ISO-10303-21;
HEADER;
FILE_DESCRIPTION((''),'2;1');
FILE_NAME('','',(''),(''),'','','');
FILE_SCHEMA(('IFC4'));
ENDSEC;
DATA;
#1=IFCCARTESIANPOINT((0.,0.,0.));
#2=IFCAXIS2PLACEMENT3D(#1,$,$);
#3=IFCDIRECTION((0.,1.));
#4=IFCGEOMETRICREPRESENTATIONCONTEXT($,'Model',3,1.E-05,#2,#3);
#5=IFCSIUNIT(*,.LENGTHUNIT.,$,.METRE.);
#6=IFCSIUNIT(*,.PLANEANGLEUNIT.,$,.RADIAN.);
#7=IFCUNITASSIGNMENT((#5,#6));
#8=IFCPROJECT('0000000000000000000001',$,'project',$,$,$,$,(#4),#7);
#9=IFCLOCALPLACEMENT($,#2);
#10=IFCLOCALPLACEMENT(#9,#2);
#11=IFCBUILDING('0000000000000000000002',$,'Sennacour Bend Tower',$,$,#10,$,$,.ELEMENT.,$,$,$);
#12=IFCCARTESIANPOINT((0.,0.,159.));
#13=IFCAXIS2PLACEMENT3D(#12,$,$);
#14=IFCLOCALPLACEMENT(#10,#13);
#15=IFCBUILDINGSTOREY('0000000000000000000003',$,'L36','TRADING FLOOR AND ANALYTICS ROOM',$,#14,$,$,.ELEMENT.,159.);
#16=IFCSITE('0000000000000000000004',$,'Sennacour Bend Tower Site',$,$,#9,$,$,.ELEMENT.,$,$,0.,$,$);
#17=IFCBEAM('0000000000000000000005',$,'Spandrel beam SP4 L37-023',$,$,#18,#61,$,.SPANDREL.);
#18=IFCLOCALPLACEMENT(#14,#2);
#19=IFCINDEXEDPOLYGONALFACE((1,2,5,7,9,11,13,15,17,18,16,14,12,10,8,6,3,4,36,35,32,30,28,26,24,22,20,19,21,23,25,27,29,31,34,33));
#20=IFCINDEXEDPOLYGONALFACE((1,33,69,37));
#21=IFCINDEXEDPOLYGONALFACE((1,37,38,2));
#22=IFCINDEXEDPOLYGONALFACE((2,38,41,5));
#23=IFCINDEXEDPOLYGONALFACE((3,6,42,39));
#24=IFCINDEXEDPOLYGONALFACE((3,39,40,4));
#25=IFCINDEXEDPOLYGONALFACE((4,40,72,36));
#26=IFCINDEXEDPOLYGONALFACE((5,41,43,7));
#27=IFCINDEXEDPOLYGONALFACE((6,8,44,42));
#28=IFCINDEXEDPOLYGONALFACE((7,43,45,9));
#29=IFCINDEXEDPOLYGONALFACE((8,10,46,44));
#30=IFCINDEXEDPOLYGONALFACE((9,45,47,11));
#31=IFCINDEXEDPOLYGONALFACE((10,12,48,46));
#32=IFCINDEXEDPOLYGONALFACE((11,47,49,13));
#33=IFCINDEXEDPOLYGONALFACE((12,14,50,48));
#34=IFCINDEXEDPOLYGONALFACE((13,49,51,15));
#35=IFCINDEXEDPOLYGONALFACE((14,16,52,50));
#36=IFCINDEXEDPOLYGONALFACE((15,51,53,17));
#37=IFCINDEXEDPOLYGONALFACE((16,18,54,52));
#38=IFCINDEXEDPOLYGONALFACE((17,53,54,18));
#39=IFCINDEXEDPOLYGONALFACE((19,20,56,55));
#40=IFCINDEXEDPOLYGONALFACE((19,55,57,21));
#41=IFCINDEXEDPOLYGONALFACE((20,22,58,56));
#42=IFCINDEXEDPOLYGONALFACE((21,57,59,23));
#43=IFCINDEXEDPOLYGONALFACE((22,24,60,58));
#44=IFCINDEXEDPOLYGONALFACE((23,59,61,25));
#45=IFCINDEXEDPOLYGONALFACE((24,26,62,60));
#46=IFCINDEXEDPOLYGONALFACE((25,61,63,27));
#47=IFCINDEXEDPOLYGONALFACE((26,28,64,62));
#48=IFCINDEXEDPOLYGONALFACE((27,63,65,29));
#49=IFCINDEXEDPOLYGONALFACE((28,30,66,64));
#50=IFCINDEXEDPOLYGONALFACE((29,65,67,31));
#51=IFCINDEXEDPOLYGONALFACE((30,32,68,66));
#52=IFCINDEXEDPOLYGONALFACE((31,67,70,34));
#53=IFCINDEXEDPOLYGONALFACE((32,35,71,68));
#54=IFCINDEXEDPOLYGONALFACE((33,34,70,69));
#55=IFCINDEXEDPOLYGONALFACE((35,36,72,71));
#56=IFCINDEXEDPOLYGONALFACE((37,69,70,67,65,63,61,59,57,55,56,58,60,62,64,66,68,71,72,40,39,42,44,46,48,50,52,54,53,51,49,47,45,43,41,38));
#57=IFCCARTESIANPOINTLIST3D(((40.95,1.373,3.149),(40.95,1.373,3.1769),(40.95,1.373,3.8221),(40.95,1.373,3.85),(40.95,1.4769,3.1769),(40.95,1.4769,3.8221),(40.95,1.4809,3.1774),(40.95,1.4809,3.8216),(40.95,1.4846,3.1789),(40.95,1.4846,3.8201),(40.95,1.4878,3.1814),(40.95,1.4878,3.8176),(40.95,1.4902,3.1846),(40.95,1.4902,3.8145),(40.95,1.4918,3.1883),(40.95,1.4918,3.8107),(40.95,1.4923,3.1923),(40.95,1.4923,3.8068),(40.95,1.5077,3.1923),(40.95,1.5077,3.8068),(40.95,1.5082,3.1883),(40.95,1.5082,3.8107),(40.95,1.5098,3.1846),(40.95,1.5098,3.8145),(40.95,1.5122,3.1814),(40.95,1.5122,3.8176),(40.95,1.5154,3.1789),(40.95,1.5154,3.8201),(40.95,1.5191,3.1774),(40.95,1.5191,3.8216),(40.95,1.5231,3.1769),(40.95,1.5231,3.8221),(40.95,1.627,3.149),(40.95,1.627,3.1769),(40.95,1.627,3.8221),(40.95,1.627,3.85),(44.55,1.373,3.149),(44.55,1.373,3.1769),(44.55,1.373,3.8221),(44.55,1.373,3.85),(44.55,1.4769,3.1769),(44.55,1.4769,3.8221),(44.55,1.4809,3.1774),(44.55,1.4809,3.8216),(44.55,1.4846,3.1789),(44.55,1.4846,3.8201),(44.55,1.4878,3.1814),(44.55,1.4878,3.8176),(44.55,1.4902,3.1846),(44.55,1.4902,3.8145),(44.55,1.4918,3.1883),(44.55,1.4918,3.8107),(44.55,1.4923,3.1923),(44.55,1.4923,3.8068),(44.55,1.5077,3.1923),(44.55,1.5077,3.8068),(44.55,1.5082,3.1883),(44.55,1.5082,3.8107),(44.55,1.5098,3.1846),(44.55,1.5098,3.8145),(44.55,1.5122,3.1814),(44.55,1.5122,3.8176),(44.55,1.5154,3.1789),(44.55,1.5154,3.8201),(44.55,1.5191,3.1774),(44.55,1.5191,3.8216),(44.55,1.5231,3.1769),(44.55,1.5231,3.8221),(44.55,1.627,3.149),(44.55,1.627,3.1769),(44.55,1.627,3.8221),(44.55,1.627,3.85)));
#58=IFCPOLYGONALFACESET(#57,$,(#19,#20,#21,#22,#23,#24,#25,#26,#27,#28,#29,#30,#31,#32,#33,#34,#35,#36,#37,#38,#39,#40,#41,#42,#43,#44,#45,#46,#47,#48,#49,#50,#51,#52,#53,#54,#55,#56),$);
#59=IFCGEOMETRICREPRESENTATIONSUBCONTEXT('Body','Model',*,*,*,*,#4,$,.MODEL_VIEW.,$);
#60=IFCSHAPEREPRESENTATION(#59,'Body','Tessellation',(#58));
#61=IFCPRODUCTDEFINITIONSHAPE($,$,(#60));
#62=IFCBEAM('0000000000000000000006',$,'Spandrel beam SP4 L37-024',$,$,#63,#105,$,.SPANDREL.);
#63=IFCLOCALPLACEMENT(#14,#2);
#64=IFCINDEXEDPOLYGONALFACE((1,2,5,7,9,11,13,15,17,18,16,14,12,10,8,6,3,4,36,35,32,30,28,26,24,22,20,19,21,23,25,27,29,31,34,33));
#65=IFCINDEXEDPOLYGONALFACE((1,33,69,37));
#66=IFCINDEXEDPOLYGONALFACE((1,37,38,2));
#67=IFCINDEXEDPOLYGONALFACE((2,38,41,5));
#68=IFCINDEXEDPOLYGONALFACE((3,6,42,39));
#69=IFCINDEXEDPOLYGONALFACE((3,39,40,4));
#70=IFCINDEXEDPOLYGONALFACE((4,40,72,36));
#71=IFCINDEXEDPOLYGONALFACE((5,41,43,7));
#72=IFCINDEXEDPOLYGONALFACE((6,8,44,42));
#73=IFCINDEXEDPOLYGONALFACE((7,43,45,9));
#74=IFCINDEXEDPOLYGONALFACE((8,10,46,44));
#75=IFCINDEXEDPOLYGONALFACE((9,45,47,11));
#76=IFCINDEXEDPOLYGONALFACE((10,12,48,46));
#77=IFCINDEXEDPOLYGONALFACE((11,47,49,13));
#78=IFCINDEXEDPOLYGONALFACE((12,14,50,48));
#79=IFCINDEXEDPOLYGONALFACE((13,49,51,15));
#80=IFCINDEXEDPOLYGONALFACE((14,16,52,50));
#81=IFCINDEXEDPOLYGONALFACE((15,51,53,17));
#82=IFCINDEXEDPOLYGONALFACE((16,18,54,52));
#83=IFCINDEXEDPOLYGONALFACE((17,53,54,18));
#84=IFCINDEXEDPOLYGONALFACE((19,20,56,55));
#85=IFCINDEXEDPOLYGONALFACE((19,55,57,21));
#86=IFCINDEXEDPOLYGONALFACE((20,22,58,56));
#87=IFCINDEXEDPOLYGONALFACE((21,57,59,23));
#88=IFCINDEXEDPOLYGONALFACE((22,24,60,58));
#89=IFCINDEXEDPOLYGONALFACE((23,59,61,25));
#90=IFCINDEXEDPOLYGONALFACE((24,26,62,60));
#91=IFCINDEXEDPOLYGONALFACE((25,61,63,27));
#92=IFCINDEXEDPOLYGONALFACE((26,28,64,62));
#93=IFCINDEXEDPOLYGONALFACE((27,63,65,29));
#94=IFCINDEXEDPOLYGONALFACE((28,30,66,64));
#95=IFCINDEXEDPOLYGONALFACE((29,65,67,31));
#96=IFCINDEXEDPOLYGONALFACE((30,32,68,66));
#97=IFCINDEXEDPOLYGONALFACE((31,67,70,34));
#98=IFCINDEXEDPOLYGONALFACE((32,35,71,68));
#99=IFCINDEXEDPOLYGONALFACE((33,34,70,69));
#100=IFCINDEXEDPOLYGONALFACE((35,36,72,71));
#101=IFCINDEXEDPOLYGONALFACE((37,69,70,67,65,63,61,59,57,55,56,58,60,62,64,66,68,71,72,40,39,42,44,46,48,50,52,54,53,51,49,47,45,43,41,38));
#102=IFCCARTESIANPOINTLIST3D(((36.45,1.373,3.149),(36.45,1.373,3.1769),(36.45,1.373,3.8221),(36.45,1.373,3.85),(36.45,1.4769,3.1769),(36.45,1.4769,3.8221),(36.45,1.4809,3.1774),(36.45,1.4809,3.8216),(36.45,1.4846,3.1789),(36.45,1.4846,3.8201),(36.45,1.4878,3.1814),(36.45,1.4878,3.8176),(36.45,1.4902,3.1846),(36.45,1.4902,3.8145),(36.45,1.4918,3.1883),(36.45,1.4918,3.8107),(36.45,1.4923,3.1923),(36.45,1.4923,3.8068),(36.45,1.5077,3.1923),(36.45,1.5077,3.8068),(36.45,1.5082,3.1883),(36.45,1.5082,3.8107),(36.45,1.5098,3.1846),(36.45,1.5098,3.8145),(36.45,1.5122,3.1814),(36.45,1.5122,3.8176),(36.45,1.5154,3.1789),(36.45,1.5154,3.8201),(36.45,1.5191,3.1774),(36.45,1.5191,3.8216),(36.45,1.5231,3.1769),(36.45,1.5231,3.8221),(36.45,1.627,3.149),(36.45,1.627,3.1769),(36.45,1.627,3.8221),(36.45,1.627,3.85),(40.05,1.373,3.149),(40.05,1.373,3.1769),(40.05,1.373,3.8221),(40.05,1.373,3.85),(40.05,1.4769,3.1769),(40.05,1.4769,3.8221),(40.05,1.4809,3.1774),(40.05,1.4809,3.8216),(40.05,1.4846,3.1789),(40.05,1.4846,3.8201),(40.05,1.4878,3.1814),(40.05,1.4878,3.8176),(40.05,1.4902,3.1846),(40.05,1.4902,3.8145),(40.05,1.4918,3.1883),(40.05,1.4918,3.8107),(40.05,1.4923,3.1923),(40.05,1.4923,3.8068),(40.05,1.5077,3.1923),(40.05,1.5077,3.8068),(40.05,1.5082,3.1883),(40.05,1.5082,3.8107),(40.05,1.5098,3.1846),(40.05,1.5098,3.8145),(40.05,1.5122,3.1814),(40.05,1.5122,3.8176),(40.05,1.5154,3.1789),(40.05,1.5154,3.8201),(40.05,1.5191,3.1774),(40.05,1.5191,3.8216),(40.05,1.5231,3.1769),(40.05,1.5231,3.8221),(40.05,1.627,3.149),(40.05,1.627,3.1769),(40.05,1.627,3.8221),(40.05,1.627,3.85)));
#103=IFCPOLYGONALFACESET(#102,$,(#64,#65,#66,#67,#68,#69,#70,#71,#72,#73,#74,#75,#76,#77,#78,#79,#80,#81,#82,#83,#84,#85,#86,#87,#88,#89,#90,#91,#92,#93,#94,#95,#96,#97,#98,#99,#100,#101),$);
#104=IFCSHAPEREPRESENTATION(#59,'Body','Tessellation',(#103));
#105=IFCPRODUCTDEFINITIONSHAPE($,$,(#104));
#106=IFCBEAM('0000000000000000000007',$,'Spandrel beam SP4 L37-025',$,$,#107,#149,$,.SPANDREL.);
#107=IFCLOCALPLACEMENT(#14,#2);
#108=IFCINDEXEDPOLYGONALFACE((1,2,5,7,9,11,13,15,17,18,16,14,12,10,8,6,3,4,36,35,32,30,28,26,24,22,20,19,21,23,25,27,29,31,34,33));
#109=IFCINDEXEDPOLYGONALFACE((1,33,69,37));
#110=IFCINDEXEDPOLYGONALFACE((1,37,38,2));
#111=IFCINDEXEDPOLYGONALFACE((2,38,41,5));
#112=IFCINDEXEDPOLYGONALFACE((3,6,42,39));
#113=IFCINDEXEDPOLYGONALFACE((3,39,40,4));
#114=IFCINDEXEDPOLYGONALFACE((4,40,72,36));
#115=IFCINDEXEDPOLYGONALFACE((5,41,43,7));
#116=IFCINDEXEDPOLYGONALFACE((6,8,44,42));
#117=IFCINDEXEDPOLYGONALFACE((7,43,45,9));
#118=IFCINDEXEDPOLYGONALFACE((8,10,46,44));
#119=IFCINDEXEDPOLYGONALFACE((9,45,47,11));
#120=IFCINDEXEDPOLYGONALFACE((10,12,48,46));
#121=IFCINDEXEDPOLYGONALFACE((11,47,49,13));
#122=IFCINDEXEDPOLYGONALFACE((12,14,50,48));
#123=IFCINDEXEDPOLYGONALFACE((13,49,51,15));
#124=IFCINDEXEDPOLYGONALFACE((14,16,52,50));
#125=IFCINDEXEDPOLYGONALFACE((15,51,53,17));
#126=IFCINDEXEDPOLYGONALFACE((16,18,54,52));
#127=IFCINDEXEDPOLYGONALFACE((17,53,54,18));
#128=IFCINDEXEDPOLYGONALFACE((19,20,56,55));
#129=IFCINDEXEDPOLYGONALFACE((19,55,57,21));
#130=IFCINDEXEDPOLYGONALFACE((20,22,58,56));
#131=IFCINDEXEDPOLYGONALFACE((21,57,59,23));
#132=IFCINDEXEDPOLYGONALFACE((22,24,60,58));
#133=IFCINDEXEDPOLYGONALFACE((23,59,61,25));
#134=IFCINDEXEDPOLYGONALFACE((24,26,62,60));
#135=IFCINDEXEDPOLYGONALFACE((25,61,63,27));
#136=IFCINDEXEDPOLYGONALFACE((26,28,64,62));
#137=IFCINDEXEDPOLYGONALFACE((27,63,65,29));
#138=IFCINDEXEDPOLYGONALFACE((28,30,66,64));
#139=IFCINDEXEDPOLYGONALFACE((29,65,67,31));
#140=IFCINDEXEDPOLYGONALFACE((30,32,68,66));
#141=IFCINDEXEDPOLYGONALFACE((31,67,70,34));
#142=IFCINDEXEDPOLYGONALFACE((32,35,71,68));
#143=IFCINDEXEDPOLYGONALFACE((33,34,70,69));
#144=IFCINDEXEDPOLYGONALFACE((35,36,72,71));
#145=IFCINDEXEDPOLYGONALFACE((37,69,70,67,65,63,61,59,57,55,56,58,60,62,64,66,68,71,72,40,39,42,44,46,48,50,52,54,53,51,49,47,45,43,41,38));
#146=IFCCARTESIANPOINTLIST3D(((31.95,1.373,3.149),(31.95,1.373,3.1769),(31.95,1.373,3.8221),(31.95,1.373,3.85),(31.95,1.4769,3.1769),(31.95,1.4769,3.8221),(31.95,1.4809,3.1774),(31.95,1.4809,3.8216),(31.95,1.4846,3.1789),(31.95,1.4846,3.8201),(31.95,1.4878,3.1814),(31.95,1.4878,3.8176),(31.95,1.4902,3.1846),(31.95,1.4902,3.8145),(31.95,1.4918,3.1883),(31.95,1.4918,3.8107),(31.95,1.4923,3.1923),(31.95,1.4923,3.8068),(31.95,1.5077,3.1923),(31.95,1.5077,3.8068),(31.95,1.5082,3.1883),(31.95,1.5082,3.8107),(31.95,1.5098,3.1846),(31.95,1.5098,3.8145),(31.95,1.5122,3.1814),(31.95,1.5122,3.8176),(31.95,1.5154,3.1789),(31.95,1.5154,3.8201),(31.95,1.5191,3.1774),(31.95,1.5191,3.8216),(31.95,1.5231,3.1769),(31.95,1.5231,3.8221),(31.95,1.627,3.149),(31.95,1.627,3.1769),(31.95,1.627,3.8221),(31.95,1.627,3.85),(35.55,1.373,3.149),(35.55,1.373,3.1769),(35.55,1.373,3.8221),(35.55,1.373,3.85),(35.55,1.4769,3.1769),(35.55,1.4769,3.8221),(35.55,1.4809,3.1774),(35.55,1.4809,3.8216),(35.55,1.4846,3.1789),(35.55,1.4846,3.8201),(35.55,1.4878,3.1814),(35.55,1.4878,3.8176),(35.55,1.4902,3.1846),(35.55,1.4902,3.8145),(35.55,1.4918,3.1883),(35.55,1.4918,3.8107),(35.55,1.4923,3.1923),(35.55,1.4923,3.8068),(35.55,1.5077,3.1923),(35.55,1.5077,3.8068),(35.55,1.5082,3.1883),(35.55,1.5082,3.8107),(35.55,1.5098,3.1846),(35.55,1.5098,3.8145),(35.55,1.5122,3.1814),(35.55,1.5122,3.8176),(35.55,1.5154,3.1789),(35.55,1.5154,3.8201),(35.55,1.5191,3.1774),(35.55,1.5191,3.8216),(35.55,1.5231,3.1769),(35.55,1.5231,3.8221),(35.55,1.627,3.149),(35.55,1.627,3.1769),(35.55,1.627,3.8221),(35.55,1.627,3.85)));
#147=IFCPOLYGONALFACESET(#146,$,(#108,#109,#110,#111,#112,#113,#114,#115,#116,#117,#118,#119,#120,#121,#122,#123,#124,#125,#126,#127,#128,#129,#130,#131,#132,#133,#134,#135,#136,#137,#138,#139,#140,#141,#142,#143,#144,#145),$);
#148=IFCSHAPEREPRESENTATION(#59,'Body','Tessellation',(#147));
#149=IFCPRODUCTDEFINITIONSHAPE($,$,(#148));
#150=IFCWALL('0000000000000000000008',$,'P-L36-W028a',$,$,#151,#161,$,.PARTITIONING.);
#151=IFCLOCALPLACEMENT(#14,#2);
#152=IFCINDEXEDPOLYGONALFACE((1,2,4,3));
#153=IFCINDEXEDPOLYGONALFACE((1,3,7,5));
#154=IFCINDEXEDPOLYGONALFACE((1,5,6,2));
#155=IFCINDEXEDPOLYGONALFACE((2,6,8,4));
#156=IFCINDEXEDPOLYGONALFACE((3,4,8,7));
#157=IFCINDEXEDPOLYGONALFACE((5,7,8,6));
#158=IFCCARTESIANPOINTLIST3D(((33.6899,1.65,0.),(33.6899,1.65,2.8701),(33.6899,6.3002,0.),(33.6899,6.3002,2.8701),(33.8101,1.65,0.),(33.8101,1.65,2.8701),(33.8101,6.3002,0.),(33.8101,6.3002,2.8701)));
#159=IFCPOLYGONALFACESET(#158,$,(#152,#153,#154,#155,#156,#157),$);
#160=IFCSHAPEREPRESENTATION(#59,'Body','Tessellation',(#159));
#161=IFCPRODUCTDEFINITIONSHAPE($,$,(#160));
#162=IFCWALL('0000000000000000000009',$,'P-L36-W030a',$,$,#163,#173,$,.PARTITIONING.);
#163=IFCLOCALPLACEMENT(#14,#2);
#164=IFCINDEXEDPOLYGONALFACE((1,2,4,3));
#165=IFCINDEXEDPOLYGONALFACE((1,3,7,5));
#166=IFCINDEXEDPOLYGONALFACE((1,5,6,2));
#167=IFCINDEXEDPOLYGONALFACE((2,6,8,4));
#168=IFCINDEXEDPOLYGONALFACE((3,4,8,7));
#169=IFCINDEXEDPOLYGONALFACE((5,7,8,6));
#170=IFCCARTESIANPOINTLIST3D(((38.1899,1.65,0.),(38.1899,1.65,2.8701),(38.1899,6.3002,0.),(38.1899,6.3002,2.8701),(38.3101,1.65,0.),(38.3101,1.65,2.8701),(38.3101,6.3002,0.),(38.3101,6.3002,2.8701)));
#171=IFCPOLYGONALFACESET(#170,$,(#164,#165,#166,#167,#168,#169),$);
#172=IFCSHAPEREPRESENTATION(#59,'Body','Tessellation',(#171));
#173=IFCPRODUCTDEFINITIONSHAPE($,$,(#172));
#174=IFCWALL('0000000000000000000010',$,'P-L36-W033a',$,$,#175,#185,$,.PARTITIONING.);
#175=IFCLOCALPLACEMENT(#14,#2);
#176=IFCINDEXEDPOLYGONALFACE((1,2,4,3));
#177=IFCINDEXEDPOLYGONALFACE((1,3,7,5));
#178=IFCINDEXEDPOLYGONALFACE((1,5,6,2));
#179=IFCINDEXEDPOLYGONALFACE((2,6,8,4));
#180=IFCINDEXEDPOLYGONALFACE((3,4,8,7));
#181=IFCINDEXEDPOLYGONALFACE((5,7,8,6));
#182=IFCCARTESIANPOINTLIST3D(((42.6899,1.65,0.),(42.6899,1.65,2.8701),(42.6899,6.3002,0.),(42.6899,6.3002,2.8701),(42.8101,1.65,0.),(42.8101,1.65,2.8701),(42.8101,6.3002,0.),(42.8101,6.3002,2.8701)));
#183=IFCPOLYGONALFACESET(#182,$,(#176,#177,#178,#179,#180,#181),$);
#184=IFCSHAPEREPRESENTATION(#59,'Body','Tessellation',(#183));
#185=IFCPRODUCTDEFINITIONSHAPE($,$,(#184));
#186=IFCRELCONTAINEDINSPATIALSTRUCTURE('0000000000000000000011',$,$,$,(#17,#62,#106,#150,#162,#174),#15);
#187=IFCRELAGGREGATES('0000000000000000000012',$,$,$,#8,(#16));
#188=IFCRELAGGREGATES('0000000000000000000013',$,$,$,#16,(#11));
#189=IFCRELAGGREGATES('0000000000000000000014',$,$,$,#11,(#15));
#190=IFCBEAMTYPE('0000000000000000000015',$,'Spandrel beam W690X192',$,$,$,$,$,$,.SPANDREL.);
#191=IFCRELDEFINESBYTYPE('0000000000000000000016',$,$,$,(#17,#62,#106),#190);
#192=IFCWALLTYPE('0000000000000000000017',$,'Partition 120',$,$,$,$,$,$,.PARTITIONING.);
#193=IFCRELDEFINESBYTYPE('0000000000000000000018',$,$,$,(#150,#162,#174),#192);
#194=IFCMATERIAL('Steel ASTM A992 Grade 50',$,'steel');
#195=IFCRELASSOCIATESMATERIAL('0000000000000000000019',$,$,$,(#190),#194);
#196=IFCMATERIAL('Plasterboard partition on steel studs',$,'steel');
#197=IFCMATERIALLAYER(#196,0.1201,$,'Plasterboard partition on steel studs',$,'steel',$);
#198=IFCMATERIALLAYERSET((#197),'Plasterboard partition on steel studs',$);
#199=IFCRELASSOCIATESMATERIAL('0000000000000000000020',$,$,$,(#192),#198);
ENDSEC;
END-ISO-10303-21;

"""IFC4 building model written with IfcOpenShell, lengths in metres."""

from ifc_helpers import new_model, si_unit, direction, frame, frame_2d, origin, origin_2d, place, context, subcontext, project, spatial, rectangle, i_section, extrude, material, layer, layer_set, material_profile, profile_set, type_object, element, save


model = new_model("IFC4")

# Units and contexts
model_context = context("Model", 3, precision=1e-05, world=origin(), true_north=direction((0.0, 1.0)))
body_context = subcontext(model_context, "Body", "Model", "MODEL_VIEW")
ifc_project = project(units=[si_unit("LENGTHUNIT", "METRE"), si_unit("PLANEANGLEUNIT", "RADIAN")], contexts=[model_context])

# Site, building, storey
site_placement = place(None, origin())
site = spatial("IfcSite", under=ifc_project, at=site_placement, Name="Sennacour Bend Tower Site", CompositionType="ELEMENT", RefElevation=0.0)
building_placement = place(site_placement, origin())
building = spatial("IfcBuilding", under=site, at=building_placement, Name="Sennacour Bend Tower", CompositionType="ELEMENT")
storey_placement = place(building_placement, frame((0.0, 0.0, 159.0)))
storey = spatial("IfcBuildingStorey", under=building, at=storey_placement, Name="L36", Description="TRADING FLOOR AND ANALYTICS ROOM", CompositionType="ELEMENT", Elevation=159.0)

# Beams
ifc_material_1 = material(Name="Steel ASTM A992 Grade 50", Category="steel")
ifc_material_profile_1 = material_profile(ifc_material_1, i_section(OverallWidth=0.2539, OverallDepth=0.7009, WebThickness=0.0154, FlangeThickness=0.0278, FilletRadius=0.0154, at=origin_2d()), Name="Steel ASTM A992 Grade 50", Category="steel")
ifc_profile_set_1 = profile_set([ifc_material_profile_1], Name="Steel ASTM A992 Grade 50")
beam_type_1 = type_object("IfcBeamType", Name="Spandrel beam W690X192", PredefinedType="SPANDREL", material=ifc_profile_set_1)
for number, where, z_axis, x_axis, name in (
    (1, (44.55, 1.5, 3.4995), (-1.0, 0.0, 0.0), (0.0, -1.0, 0.0), "Spandrel beam SP4 L37-023"),
    (2, (40.05, 1.5, 3.4995), (-1.0, 0.0, 0.0), (0.0, -1.0, 0.0), "Spandrel beam SP4 L37-024"),
    (3, (35.55, 1.5, 3.4995), (-1.0, 0.0, 0.0), (0.0, -1.0, 0.0), "Spandrel beam SP4 L37-025"),
):
    element("IfcBeam", number, at=place(storey_placement, frame(where, z_axis=z_axis, x_axis=x_axis)), inside=storey, type_object=beam_type_1, Name=name, PredefinedType="SPANDREL", context=body_context, shape_type="SweptSolid", body=[
        extrude(i_section(OverallWidth=0.2539, OverallDepth=0.7009, WebThickness=0.0154, FlangeThickness=0.0278, FilletRadius=0.0154, at=origin_2d()), origin(), (0.0, 0.0, 1.0), 3.6001),
    ])

# Walls
ifc_material_2 = material(Name="Plasterboard partition on steel studs", Category="steel")
ifc_layer_1 = layer(ifc_material_2, 0.1201, Name="Plasterboard partition on steel studs", Category="steel")
ifc_layer_set_1 = layer_set([ifc_layer_1], Name="Plasterboard partition on steel studs")
wall_type_1 = type_object("IfcWallType", Name="Partition 120", PredefinedType="PARTITIONING", material=ifc_layer_set_1)
for number, where, z_axis, x_axis, name in (
    (4, (33.75, 1.6499, 0.0), (0.0, 0.0, 1.0), (0.0, 1.0, 0.0), "P-L36-W028a"),
    (5, (38.25, 1.6499, 0.0), (0.0, 0.0, 1.0), (0.0, 1.0, 0.0), "P-L36-W030a"),
    (6, (42.75, 1.6499, 0.0), (0.0, 0.0, 1.0), (0.0, 1.0, 0.0), "P-L36-W033a"),
):
    element("IfcWall", number, at=place(storey_placement, frame(where, z_axis=z_axis, x_axis=x_axis)), inside=storey, type_object=wall_type_1, Name=name, PredefinedType="PARTITIONING", context=body_context, shape_type="SweptSolid", body=[
        extrude(rectangle(XDim=4.6501, YDim=0.1201, at=frame_2d((2.3252, 0.0))), origin(), (0.0, 0.0, 1.0), 2.8701),
    ])

save(model, "model.ifc")
